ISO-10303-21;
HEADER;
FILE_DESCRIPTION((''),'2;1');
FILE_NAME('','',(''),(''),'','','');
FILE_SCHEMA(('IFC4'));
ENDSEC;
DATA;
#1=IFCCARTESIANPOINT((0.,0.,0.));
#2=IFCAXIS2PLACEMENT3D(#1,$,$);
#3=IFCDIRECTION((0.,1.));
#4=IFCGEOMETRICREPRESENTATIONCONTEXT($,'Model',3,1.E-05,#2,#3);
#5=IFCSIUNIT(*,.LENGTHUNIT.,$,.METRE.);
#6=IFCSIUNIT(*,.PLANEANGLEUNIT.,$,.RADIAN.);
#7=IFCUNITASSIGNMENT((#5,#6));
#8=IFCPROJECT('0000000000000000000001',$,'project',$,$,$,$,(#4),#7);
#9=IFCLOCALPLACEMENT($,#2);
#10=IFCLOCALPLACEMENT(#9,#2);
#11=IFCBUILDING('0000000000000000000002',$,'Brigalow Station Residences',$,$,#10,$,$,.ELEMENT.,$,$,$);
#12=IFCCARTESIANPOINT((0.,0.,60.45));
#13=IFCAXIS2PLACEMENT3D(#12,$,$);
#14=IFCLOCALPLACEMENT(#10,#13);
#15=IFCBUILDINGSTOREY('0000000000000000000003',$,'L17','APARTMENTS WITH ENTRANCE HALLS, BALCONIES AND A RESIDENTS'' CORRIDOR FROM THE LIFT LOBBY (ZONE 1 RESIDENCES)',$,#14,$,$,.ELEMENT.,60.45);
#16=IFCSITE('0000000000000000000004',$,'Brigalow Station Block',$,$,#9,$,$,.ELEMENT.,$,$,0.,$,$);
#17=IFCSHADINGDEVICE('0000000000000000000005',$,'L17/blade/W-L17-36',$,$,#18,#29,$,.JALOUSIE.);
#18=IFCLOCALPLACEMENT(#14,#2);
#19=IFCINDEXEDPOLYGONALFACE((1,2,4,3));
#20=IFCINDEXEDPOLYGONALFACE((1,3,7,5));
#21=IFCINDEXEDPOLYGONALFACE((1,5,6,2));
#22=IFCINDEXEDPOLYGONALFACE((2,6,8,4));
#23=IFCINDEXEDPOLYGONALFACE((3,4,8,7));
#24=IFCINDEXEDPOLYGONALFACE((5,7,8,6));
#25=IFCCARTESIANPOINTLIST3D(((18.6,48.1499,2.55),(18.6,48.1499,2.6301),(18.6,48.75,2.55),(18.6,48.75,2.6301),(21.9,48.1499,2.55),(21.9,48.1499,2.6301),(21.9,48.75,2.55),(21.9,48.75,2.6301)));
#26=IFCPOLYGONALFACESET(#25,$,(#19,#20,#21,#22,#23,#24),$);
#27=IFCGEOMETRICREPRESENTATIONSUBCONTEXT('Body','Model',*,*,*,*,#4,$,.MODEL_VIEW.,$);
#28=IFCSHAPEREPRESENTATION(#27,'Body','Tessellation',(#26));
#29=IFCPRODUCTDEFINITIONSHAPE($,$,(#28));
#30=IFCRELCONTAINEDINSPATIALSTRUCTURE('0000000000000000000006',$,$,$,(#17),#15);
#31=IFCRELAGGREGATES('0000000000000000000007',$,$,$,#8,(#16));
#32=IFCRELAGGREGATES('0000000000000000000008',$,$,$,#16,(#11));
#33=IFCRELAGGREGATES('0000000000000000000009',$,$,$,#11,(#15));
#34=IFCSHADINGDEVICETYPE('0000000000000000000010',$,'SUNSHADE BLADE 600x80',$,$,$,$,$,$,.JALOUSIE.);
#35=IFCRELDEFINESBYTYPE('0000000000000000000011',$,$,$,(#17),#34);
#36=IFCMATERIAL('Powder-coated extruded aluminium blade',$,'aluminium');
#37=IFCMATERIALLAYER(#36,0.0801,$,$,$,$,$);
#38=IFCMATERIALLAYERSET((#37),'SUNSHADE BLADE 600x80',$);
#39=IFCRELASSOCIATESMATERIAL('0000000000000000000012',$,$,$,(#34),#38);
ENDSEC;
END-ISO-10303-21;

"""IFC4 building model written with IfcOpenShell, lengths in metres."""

from ifc_helpers import new_model, si_unit, direction, frame, origin, origin_2d, place, context, subcontext, project, spatial, rectangle, extrude, material, layer, layer_set, type_object, element, save


model = new_model("IFC4")

# Units and contexts
model_context = context("Model", 3, precision=1e-05, world=origin(), true_north=direction((0.0, 1.0)))
body_context = subcontext(model_context, "Body", "Model", "MODEL_VIEW")
ifc_project = project(units=[si_unit("LENGTHUNIT", "METRE"), si_unit("PLANEANGLEUNIT", "RADIAN")], contexts=[model_context])

# Site, building, storey
site_placement = place(None, origin())
site = spatial("IfcSite", under=ifc_project, at=site_placement, Name="Brigalow Station Block", CompositionType="ELEMENT", RefElevation=0.0)
building_placement = place(site_placement, origin())
building = spatial("IfcBuilding", under=site, at=building_placement, Name="Brigalow Station Residences", CompositionType="ELEMENT")
storey_placement = place(building_placement, frame((0.0, 0.0, 60.45)))
storey = spatial("IfcBuildingStorey", under=building, at=storey_placement, Name="L17", Description="APARTMENTS WITH ENTRANCE HALLS, BALCONIES AND A RESIDENTS' CORRIDOR FROM THE LIFT LOBBY (ZONE 1 RESIDENCES)", CompositionType="ELEMENT", Elevation=60.45)

# Shading device
ifc_material_1 = material(Name="Powder-coated extruded aluminium blade", Category="aluminium")
ifc_layer_1 = layer(ifc_material_1, 0.0801)
ifc_layer_set_1 = layer_set([ifc_layer_1], Name="SUNSHADE BLADE 600x80")
shading_device_type = type_object("IfcShadingDeviceType", Name="SUNSHADE BLADE 600x80", PredefinedType="JALOUSIE", material=ifc_layer_set_1)
shading_device_placement = place(storey_placement, frame((20.25, 48.45, 2.55), z_axis=(0.0, 0.0, 1.0), x_axis=(-1.0, 0.0, 0.0)))
element("IfcShadingDevice", 1, at=shading_device_placement, inside=storey, type_object=shading_device_type, Name="L17/blade/W-L17-36", PredefinedType="JALOUSIE", context=body_context, shape_type="SweptSolid", body=[
    extrude(rectangle(XDim=3.3, YDim=0.6001, at=origin_2d()), origin(), (0.0, 0.0, 1.0), 0.0801),
])

save(model, "model.ifc")
